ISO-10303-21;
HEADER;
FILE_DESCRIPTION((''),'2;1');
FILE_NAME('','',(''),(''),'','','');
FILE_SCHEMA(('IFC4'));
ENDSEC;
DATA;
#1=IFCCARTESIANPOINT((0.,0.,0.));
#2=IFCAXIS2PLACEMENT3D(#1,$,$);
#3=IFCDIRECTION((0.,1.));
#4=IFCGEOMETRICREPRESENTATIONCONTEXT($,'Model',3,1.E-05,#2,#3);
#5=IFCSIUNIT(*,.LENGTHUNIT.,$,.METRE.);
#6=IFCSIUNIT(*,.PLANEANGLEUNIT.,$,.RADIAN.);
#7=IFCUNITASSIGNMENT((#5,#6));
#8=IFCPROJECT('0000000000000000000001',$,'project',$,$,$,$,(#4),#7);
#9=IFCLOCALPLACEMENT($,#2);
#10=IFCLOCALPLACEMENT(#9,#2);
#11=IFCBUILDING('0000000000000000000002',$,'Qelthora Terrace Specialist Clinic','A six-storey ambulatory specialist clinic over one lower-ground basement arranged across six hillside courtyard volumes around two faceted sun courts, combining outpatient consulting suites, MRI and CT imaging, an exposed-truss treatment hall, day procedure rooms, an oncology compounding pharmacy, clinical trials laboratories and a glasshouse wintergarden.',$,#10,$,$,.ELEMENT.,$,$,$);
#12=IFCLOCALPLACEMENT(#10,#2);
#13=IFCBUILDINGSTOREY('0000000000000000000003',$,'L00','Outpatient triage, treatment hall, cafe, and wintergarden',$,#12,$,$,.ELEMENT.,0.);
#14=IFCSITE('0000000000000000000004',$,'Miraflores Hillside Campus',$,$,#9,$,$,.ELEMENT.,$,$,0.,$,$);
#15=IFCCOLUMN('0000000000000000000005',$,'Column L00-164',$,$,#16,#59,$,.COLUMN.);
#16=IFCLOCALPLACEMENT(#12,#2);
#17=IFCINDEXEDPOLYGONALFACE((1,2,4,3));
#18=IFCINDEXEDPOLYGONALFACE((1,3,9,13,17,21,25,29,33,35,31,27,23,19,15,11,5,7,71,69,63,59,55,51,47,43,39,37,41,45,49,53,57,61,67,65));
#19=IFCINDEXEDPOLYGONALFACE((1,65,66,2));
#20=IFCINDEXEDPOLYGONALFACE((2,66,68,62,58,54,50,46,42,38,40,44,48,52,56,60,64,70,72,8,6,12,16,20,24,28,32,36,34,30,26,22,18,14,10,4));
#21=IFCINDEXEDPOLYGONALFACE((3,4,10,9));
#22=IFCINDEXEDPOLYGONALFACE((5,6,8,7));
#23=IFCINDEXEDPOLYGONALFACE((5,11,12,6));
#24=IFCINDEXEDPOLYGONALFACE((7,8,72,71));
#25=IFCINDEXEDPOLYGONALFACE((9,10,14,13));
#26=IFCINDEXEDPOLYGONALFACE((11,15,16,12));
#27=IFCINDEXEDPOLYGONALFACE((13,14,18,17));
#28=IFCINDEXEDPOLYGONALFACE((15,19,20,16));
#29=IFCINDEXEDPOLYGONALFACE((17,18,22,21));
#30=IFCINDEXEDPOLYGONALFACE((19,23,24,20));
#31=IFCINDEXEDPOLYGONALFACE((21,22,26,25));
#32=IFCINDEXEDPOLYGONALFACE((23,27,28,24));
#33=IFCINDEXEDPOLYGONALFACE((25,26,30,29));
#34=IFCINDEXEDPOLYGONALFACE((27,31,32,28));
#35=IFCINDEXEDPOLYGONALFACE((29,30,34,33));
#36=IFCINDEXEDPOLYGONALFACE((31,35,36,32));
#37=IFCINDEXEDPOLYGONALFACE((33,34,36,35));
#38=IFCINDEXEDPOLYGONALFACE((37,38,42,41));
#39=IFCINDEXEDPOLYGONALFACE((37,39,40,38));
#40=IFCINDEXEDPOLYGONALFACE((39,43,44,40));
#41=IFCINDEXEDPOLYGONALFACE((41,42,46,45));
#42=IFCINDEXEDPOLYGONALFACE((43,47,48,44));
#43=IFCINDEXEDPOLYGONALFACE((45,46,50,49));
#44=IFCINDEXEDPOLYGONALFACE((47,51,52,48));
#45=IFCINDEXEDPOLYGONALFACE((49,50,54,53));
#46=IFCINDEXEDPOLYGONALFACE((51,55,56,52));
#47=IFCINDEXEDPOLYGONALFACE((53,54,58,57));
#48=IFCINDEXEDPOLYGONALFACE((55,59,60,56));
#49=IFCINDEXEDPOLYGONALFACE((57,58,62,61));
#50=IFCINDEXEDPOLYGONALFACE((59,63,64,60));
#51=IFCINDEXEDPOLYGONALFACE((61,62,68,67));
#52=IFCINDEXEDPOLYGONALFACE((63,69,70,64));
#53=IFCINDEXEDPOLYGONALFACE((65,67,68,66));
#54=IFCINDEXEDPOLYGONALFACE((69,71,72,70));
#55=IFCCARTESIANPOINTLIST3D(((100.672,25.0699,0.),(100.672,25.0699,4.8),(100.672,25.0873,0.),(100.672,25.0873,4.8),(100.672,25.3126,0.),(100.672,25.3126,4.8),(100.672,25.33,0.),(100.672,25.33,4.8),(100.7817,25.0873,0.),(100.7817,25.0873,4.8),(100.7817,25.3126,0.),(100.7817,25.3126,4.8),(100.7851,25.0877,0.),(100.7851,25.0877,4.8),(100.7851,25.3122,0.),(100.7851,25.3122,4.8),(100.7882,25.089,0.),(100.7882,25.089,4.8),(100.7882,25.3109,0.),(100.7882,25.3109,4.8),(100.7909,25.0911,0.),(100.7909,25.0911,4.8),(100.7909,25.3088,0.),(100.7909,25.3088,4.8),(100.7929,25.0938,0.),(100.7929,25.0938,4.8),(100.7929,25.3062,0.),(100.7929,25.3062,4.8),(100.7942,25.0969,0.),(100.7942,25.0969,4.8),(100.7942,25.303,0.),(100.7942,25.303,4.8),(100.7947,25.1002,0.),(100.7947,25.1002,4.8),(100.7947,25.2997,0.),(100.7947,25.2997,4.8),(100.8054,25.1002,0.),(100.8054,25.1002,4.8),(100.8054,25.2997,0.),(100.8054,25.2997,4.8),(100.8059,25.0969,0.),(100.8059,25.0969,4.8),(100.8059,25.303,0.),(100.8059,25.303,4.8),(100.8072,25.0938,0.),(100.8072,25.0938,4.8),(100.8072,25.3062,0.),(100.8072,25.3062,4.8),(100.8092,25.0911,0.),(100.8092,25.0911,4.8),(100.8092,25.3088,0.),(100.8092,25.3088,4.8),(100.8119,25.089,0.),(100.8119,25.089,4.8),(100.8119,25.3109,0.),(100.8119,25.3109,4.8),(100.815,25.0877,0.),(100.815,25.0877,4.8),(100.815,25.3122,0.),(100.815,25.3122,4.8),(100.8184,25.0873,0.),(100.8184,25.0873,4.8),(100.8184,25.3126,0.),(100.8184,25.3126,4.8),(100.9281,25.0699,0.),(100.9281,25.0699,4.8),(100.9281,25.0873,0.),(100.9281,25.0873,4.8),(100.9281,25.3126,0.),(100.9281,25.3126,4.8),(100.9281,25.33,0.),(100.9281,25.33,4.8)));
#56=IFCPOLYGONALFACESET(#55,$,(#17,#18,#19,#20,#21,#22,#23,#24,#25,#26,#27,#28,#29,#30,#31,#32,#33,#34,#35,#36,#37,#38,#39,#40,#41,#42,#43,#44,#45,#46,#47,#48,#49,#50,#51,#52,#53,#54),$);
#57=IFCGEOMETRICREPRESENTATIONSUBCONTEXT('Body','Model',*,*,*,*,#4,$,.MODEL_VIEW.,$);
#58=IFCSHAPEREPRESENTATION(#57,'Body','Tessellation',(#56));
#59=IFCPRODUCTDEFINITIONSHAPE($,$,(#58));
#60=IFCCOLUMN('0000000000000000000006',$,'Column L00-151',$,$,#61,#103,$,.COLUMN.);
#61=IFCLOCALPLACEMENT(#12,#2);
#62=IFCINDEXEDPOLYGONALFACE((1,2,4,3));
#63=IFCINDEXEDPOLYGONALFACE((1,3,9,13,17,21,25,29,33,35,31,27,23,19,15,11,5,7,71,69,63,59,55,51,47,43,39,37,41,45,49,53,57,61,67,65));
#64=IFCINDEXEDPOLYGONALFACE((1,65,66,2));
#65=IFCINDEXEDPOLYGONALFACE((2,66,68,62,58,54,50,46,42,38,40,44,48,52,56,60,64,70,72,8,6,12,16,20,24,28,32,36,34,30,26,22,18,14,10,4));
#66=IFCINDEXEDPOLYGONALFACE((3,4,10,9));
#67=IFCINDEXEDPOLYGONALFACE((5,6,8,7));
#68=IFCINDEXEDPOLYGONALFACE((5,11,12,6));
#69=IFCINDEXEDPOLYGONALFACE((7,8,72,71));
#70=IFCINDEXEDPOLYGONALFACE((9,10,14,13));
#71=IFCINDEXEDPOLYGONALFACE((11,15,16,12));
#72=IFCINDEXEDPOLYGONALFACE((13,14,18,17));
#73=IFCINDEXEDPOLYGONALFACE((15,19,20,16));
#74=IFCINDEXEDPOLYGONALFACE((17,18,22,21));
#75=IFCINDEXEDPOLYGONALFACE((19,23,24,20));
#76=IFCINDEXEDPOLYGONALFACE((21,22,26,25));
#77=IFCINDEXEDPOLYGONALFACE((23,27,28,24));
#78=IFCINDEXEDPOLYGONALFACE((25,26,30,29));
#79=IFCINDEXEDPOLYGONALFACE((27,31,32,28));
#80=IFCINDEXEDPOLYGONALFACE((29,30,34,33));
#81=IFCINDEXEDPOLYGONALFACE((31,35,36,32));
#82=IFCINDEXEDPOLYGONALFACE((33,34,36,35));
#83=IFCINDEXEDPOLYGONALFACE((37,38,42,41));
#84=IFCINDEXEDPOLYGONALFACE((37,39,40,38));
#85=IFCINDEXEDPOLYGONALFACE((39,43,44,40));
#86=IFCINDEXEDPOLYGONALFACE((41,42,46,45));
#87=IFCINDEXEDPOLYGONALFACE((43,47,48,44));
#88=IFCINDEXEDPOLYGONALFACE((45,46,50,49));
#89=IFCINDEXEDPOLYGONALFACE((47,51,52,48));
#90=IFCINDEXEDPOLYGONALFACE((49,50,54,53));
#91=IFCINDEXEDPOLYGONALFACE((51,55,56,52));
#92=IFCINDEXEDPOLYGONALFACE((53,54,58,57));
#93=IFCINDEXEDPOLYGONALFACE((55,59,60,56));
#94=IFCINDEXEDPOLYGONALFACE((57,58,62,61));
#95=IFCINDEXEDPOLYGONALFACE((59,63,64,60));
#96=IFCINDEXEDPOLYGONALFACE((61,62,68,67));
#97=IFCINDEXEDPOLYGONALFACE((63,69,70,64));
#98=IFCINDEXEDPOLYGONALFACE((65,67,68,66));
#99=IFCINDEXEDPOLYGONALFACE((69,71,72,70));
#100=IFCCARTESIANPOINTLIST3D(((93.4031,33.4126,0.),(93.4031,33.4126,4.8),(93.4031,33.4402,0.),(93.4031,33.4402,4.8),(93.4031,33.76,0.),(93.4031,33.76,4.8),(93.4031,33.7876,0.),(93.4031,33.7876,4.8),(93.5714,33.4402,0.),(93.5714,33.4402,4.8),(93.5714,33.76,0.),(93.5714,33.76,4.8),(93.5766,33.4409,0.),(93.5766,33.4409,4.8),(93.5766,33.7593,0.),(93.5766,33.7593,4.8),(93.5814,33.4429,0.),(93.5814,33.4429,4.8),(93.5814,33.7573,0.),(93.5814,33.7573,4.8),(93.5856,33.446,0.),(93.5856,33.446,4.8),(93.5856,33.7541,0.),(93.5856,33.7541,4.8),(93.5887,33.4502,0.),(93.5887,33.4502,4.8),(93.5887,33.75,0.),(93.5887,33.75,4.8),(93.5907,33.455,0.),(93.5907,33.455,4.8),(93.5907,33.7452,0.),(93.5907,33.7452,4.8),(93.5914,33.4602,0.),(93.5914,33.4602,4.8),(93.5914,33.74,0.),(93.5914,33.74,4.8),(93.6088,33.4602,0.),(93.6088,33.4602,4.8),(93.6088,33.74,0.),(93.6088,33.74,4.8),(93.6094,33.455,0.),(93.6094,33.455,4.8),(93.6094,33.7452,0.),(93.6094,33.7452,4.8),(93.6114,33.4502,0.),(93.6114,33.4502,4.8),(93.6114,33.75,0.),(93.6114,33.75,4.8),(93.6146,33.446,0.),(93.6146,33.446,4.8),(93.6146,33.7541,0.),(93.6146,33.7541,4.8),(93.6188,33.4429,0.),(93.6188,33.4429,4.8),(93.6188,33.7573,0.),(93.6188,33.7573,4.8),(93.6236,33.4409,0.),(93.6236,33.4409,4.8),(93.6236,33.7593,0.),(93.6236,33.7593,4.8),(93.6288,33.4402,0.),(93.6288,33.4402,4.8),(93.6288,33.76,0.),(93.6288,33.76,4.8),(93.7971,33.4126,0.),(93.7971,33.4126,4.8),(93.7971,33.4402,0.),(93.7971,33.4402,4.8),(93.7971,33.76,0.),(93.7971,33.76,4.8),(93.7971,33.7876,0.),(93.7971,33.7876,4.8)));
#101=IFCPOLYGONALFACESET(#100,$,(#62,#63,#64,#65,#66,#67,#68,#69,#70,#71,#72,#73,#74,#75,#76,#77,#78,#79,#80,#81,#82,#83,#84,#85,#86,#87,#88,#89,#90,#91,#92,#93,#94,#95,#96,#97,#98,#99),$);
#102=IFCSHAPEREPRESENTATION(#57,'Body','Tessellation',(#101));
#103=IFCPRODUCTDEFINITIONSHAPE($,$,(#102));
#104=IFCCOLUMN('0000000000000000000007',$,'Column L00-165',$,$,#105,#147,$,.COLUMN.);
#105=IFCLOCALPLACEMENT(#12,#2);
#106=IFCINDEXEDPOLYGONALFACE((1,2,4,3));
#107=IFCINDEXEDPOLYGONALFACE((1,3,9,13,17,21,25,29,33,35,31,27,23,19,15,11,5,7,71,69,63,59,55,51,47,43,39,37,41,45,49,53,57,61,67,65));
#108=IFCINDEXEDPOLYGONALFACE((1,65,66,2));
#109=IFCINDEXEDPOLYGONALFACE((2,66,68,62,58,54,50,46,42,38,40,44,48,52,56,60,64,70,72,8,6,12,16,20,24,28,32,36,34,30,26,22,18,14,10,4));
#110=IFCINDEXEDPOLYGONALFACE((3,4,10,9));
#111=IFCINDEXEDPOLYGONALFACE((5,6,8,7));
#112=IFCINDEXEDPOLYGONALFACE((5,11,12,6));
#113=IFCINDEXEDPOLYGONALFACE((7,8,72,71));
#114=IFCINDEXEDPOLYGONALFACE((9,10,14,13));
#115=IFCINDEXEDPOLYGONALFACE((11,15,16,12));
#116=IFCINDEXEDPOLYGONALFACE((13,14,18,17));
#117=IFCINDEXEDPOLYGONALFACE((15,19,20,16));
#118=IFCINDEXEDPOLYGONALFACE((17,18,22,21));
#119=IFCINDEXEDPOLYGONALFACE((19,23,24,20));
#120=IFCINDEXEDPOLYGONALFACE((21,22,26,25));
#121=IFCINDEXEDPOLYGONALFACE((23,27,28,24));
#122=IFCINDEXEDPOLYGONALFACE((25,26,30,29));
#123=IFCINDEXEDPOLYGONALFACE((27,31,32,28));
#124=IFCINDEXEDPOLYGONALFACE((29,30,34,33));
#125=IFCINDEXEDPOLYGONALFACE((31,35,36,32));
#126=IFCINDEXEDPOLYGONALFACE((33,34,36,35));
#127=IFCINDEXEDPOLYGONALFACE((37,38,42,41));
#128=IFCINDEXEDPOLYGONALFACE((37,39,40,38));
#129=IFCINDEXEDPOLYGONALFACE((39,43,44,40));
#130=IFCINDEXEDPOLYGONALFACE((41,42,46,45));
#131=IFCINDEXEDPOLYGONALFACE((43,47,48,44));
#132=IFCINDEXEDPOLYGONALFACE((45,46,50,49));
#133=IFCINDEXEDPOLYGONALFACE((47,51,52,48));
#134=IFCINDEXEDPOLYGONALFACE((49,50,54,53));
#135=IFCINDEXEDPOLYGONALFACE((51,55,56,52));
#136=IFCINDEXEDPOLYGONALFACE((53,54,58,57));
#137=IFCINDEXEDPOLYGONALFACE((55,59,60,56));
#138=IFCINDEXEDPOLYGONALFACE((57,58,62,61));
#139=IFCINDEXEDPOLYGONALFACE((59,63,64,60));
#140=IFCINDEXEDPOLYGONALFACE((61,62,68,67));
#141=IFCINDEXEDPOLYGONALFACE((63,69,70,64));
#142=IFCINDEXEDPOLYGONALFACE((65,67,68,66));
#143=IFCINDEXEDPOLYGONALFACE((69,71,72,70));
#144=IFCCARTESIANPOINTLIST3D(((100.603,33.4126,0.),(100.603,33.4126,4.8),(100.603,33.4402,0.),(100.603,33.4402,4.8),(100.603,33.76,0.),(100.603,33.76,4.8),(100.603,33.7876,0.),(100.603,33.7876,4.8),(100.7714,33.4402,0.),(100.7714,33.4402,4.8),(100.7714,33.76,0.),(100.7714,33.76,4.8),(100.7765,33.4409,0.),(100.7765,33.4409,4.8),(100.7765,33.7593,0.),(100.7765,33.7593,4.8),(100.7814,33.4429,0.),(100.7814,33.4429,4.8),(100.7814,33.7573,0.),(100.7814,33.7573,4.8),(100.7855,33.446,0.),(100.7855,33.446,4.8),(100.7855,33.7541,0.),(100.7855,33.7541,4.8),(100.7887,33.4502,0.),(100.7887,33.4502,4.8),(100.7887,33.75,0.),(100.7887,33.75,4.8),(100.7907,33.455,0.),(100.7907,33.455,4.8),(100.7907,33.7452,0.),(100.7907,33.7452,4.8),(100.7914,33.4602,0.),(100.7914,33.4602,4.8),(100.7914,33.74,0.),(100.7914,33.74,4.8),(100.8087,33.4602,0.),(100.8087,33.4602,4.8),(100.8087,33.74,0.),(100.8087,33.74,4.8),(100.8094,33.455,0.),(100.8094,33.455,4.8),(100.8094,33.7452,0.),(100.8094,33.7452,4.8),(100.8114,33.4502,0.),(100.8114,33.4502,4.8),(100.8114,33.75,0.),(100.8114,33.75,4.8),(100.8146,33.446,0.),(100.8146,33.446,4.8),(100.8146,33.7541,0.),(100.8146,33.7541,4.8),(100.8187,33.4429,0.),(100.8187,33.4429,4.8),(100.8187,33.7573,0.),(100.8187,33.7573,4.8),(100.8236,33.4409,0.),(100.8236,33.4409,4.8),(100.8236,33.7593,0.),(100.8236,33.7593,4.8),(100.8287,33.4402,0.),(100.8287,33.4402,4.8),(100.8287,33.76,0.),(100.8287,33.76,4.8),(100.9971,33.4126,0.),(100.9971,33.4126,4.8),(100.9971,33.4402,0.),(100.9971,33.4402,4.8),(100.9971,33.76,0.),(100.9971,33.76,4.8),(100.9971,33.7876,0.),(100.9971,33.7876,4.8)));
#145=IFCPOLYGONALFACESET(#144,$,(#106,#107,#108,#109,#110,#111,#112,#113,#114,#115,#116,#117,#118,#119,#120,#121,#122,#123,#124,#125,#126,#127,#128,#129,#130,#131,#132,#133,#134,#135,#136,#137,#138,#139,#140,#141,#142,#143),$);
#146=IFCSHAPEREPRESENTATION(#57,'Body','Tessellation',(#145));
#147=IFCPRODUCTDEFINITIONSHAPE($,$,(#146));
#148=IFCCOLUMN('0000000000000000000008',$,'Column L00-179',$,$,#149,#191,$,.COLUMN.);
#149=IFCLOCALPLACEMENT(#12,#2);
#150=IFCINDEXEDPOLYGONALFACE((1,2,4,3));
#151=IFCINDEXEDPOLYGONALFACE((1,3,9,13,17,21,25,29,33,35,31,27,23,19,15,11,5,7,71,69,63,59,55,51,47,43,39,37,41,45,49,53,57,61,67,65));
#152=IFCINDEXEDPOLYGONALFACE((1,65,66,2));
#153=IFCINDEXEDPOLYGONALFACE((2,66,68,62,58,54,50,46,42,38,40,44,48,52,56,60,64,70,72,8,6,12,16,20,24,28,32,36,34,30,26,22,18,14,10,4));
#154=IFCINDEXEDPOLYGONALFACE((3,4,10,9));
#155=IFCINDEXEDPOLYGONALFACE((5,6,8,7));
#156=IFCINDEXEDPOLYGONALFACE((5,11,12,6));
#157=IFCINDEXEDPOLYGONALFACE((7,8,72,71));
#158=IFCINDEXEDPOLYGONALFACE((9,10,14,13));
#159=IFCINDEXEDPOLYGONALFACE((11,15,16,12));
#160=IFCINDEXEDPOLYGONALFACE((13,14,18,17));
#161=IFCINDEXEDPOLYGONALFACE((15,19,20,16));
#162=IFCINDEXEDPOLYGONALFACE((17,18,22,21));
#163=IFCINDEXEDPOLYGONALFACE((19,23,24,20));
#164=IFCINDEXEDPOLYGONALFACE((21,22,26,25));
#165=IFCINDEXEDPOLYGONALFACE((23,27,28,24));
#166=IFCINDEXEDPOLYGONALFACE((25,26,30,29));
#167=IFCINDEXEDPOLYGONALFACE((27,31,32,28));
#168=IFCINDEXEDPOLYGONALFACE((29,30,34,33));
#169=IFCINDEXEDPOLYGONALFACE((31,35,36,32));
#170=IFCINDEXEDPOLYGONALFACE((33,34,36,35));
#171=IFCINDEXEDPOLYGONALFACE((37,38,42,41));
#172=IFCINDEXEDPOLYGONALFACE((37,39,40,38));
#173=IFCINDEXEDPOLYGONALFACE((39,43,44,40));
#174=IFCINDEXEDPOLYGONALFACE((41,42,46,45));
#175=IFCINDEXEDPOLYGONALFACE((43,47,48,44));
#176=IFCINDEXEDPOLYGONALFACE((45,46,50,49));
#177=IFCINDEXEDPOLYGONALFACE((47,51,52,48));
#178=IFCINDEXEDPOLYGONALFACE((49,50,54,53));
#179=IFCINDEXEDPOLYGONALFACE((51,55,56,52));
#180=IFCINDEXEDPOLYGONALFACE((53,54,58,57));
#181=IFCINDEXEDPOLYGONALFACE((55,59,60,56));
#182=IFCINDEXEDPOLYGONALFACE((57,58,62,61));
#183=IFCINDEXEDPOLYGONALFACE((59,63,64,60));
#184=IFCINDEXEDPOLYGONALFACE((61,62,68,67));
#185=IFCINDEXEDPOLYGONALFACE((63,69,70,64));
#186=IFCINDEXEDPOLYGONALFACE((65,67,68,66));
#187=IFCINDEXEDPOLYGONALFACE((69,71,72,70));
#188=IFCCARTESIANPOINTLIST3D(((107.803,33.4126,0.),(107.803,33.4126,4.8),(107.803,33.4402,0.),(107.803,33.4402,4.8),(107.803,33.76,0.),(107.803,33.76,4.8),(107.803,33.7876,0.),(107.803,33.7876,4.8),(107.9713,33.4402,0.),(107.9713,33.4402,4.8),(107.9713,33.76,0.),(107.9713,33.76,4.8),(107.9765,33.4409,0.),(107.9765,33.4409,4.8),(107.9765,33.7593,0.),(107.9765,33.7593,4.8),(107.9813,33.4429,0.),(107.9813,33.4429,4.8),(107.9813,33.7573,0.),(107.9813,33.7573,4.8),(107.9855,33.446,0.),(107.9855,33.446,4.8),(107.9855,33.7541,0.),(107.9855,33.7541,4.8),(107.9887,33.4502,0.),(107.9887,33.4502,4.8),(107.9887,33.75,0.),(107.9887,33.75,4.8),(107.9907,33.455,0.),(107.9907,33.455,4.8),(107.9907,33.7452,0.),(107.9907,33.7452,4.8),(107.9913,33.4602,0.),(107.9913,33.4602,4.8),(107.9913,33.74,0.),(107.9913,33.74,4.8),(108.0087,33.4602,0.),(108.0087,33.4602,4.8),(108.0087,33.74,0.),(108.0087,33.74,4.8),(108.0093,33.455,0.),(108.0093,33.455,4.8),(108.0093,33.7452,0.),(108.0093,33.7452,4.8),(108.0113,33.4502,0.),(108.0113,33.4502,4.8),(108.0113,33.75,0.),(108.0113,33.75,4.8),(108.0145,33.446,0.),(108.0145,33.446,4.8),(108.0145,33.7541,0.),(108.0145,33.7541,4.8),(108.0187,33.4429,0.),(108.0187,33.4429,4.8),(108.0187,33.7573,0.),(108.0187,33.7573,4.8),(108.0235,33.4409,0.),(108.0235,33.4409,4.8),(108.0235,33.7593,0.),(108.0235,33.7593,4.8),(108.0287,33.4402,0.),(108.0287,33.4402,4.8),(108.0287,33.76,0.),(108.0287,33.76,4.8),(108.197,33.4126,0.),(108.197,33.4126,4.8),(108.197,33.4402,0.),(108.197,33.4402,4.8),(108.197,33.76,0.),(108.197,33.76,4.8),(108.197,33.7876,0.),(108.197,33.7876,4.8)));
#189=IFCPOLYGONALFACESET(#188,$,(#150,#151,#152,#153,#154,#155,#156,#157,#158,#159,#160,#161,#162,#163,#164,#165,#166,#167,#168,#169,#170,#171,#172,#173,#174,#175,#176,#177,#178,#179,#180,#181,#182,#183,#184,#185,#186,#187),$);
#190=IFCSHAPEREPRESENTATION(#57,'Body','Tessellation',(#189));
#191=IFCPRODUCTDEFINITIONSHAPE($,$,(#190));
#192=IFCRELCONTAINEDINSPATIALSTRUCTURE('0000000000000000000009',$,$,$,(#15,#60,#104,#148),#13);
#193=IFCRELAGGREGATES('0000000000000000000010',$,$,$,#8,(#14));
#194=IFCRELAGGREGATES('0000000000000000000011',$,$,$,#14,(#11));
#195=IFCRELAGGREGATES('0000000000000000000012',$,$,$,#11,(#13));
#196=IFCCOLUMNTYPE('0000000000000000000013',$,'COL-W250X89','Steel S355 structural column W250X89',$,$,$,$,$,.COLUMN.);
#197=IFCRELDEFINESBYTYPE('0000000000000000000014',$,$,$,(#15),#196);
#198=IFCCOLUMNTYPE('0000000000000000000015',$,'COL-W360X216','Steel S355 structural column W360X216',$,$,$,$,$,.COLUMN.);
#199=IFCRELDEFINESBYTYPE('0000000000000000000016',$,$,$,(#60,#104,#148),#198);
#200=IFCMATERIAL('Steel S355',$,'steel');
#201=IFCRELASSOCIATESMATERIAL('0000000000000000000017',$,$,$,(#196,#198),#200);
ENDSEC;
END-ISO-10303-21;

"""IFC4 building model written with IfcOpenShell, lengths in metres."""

from ifc_helpers import new_model, si_unit, direction, frame, origin, origin_2d, place, context, subcontext, project, spatial, i_section, extrude, material, material_profile, profile_set, type_object, element, save


model = new_model("IFC4")

# Units and contexts
model_context = context("Model", 3, precision=1e-05, world=origin(), true_north=direction((0.0, 1.0)))
body_context = subcontext(model_context, "Body", "Model", "MODEL_VIEW")
ifc_project = project(units=[si_unit("LENGTHUNIT", "METRE"), si_unit("PLANEANGLEUNIT", "RADIAN")], contexts=[model_context])

# Site, building, storey
site_placement = place(None, origin())
site = spatial("IfcSite", under=ifc_project, at=site_placement, Name="Miraflores Hillside Campus", CompositionType="ELEMENT", RefElevation=0.0)
building_placement = place(site_placement, origin())
building = spatial("IfcBuilding", under=site, at=building_placement, Name="Qelthora Terrace Specialist Clinic", Description="A six-storey ambulatory specialist clinic over one lower-ground basement arranged across six hillside courtyard volumes around two faceted sun courts, combining outpatient consulting suites, MRI and CT imaging, an exposed-truss treatment hall, day procedure rooms, an oncology compounding pharmacy, clinical trials laboratories and a glasshouse wintergarden.", CompositionType="ELEMENT")
storey_placement = place(building_placement, origin())
storey = spatial("IfcBuildingStorey", under=building, at=storey_placement, Name="L00", Description="Outpatient triage, treatment hall, cafe, and wintergarden", CompositionType="ELEMENT", Elevation=0.0)

# Columns
ifc_material_1 = material(Name="Steel S355", Category="steel")
ifc_material_profile_1 = material_profile(ifc_material_1, i_section(OverallWidth=0.2561, OverallDepth=0.26, WebThickness=0.0107, FlangeThickness=0.0173, FilletRadius=0.0129, at=origin_2d()), Name="W250X89")
ifc_profile_set_1 = profile_set([ifc_material_profile_1], Name="Steel S355")
column_type_1 = type_object("IfcColumnType", Name="COL-W250X89", Description="Steel S355 structural column W250X89", PredefinedType="COLUMN", material=ifc_profile_set_1)
column_1_placement = place(storey_placement, frame((100.8, 25.2, 0.0), z_axis=(0.0, 0.0, 1.0), x_axis=(1.0, 0.0, 0.0)))
element("IfcColumn", 1, at=column_1_placement, inside=storey, type_object=column_type_1, Name="Column L00-164", PredefinedType="COLUMN", context=body_context, shape_type="SweptSolid", body=[
    extrude(i_section(OverallWidth=0.2561, OverallDepth=0.26, WebThickness=0.0107, FlangeThickness=0.0173, FilletRadius=0.0129, at=origin_2d()), origin(), (0.0, 0.0, 1.0), 4.8),
])
ifc_material_profile_2 = material_profile(ifc_material_1, i_section(OverallWidth=0.394, OverallDepth=0.375, WebThickness=0.0173, FlangeThickness=0.0276, FilletRadius=0.02, at=origin_2d()), Name="W360X216")
ifc_profile_set_2 = profile_set([ifc_material_profile_2], Name="Steel S355")
column_type_2 = type_object("IfcColumnType", Name="COL-W360X216", Description="Steel S355 structural column W360X216", PredefinedType="COLUMN", material=ifc_profile_set_2)
for number, where, z_axis, x_axis, name in (
    (2, (93.6001, 33.6001, 0.0), (0.0, 0.0, 1.0), (1.0, 0.0, 0.0), "Column L00-151"),
    (3, (100.8, 33.6001, 0.0), (0.0, 0.0, 1.0), (1.0, 0.0, 0.0), "Column L00-165"),
    (4, (108.0, 33.6001, 0.0), (0.0, 0.0, 1.0), (1.0, 0.0, 0.0), "Column L00-179"),
):
    element("IfcColumn", number, at=place(storey_placement, frame(where, z_axis=z_axis, x_axis=x_axis)), inside=storey, type_object=column_type_2, Name=name, PredefinedType="COLUMN", context=body_context, shape_type="SweptSolid", body=[
        extrude(i_section(OverallWidth=0.394, OverallDepth=0.375, WebThickness=0.0173, FlangeThickness=0.0276, FilletRadius=0.02, at=origin_2d()), origin(), (0.0, 0.0, 1.0), 4.8),
    ])

save(model, "model.ifc")
